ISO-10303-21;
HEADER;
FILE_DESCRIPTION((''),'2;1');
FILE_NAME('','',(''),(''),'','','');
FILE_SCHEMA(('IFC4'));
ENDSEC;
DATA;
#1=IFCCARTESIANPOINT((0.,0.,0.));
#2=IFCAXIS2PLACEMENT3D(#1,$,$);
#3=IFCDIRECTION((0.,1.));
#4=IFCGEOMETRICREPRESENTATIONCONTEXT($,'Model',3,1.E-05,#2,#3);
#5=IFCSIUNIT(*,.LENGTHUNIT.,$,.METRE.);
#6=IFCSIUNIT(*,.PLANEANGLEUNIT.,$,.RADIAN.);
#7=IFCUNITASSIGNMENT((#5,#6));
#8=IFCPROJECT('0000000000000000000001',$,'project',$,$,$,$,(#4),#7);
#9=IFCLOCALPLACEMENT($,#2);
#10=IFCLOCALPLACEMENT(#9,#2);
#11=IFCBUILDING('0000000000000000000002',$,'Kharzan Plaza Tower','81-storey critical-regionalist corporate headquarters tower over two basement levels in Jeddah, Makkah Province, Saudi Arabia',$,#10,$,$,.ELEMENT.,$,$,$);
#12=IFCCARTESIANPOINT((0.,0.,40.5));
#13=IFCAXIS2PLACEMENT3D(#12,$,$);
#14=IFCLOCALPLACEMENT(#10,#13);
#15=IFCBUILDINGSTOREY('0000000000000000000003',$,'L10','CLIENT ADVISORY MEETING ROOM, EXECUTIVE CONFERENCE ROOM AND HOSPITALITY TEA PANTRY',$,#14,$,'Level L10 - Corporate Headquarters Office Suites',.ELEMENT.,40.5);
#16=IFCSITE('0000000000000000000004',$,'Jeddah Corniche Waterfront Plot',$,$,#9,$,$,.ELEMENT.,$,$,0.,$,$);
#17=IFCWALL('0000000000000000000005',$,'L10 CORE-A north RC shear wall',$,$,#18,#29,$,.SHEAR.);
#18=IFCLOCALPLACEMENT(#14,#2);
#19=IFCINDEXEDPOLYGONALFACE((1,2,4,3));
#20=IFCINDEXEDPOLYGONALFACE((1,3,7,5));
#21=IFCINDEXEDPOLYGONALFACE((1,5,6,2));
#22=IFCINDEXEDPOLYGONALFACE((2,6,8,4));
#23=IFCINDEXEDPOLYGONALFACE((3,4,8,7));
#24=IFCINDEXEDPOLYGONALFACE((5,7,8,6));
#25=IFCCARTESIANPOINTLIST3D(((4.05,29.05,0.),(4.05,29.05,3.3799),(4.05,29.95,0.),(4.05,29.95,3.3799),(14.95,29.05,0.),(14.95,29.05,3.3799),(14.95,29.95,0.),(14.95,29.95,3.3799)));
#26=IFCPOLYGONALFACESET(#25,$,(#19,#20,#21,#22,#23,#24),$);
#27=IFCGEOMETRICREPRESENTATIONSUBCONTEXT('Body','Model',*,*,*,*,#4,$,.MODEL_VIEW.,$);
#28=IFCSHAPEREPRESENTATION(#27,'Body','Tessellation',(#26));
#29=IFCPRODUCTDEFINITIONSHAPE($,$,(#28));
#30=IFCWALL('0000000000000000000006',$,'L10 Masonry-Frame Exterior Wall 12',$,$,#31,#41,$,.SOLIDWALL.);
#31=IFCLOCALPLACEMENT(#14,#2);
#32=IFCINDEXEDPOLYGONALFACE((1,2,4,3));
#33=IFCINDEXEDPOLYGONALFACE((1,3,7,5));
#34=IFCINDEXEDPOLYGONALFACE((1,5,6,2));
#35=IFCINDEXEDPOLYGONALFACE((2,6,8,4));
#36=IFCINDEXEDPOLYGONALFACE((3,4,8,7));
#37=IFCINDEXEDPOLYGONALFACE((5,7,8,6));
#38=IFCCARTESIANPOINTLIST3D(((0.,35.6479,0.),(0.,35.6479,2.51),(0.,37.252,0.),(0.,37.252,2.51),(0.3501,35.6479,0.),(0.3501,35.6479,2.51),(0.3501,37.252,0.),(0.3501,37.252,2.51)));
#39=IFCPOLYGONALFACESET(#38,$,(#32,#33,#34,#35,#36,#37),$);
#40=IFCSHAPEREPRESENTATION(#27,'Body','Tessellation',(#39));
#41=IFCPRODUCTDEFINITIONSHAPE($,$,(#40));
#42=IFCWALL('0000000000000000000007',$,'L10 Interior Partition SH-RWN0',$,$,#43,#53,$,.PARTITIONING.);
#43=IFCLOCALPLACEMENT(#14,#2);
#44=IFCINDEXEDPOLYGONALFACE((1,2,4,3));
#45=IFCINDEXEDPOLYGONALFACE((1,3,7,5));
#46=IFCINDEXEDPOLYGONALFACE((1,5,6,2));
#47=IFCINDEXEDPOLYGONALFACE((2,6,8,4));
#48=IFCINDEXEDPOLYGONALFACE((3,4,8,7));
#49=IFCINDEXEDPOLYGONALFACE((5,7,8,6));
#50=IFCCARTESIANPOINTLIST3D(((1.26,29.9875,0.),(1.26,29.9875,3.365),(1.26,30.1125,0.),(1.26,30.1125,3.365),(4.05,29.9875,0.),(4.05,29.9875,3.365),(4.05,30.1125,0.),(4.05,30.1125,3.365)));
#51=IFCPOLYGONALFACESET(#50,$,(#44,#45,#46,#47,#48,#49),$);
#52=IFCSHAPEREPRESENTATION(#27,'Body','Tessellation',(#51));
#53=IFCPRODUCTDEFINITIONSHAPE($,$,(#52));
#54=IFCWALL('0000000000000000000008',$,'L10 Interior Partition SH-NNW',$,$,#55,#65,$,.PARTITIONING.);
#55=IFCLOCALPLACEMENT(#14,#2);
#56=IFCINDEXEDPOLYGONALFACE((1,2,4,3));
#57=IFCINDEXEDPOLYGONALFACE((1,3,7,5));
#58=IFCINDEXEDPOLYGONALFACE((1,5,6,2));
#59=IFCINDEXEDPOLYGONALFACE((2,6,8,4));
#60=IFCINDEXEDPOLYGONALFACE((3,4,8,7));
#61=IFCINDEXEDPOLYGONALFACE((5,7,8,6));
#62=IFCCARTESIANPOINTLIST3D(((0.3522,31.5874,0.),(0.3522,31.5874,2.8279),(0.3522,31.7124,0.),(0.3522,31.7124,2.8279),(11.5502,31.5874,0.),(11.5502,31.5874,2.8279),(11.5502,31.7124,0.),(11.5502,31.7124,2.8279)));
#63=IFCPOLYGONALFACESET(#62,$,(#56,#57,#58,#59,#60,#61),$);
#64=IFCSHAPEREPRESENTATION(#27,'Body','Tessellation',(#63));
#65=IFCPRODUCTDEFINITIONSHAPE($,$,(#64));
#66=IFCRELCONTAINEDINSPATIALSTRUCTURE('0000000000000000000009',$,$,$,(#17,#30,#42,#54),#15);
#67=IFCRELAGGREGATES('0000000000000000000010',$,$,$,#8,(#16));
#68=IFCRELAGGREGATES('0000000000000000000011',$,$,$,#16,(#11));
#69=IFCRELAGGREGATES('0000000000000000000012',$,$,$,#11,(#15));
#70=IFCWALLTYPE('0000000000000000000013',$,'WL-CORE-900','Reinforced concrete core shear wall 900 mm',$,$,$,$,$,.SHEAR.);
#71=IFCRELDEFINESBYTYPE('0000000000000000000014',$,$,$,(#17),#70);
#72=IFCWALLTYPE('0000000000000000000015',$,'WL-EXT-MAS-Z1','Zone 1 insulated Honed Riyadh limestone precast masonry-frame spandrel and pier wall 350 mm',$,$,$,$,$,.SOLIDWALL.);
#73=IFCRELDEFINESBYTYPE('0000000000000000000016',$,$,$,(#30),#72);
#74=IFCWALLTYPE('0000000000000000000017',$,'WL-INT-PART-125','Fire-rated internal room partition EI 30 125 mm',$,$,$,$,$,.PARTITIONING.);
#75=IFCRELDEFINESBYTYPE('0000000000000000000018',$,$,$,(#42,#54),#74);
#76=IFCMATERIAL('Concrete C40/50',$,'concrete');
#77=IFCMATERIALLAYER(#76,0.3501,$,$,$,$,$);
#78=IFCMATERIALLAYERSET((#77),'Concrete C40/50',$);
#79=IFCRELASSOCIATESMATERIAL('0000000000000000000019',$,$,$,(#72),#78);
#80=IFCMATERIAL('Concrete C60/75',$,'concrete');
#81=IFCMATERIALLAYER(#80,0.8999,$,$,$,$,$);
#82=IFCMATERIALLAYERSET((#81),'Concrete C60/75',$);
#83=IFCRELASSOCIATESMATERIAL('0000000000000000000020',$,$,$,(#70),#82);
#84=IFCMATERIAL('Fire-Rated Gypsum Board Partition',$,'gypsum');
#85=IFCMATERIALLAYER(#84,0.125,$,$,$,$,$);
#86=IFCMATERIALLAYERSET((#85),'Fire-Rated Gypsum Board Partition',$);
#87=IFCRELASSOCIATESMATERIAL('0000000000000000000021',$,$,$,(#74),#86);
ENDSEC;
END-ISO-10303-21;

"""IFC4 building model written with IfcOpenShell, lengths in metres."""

from ifc_helpers import new_model, si_unit, direction, frame, frame_2d, origin, place, context, subcontext, project, spatial, rectangle, extrude, source, transform, mapped, material, layer, layer_set, type_object, element, save


model = new_model("IFC4")

# Units and contexts
model_context = context("Model", 3, precision=1e-05, world=origin(), true_north=direction((0.0, 1.0)))
body_context = subcontext(model_context, "Body", "Model", "MODEL_VIEW")
ifc_project = project(units=[si_unit("LENGTHUNIT", "METRE"), si_unit("PLANEANGLEUNIT", "RADIAN")], contexts=[model_context])

# Site, building, storey
site_placement = place(None, origin())
site = spatial("IfcSite", under=ifc_project, at=site_placement, Name="Jeddah Corniche Waterfront Plot", CompositionType="ELEMENT", RefElevation=0.0)
building_placement = place(site_placement, origin())
building = spatial("IfcBuilding", under=site, at=building_placement, Name="Kharzan Plaza Tower", Description="81-storey critical-regionalist corporate headquarters tower over two basement levels in Jeddah, Makkah Province, Saudi Arabia", CompositionType="ELEMENT")
storey_placement = place(building_placement, frame((0.0, 0.0, 40.5)))
storey = spatial("IfcBuildingStorey", under=building, at=storey_placement, Name="L10", Description="CLIENT ADVISORY MEETING ROOM, EXECUTIVE CONFERENCE ROOM AND HOSPITALITY TEA PANTRY", LongName="Level L10 - Corporate Headquarters Office Suites", CompositionType="ELEMENT", Elevation=40.5)

# Shared definitions
ifc_material_1 = material(Name="Concrete C60/75", Category="concrete")

# Shared definitions
ifc_material_2 = material(Name="Concrete C40/50", Category="concrete")
ifc_layer_1 = layer(ifc_material_2, 0.3501)
ifc_layer_set_1 = layer_set([ifc_layer_1], Name="Concrete C40/50")
wall_type_1 = type_object("IfcWallType", Name="WL-EXT-MAS-Z1", Description="Zone 1 insulated Honed Riyadh limestone precast masonry-frame spandrel and pier wall 350 mm", PredefinedType="SOLIDWALL", material=ifc_layer_set_1)

# Walls
ifc_layer_2 = layer(ifc_material_1, 0.8999)
ifc_layer_set_2 = layer_set([ifc_layer_2], Name="Concrete C60/75")
wall_type_2 = type_object("IfcWallType", Name="WL-CORE-900", Description="Reinforced concrete core shear wall 900 mm", PredefinedType="SHEAR", material=ifc_layer_set_2)
shared_shape_1 = source(origin(), body_context, "Body", "SweptSolid", [
    extrude(rectangle(XDim=10.8999, YDim=0.8999, at=frame_2d((5.45, 0.0))), origin(), (0.0, 0.0, 1.0), 3.3799),
])
wall_1_placement = place(storey_placement, frame((4.05, 29.5, 0.0), z_axis=(0.0, 0.0, 1.0), x_axis=(1.0, 0.0, 0.0)))
element("IfcWall", 1, at=wall_1_placement, inside=storey, type_object=wall_type_2, Name="L10 CORE-A north RC shear wall", PredefinedType="SHEAR", context=body_context, shape_type="MappedRepresentation", body=[
    mapped(shared_shape_1, transform((0.0, 0.0, 0.0), x_axis=(1.0, 0.0, 0.0), y_axis=(0.0, 1.0, 0.0), z_axis=(0.0, 0.0, 1.0))),
])
shared_shape_2 = source(origin(), body_context, "Body", "SweptSolid", [
    extrude(rectangle(XDim=1.604, YDim=0.3501, at=frame_2d((0.802, 0.0))), origin(), (0.0, 0.0, 1.0), 2.51),
])
wall_2_placement = place(storey_placement, frame((0.175, 37.252, 0.0), z_axis=(0.0, 0.0, 1.0), x_axis=(0.0, -1.0, 0.0)))
element("IfcWall", 2, at=wall_2_placement, inside=storey, type_object=wall_type_1, Name="L10 Masonry-Frame Exterior Wall 12", PredefinedType="SOLIDWALL", context=body_context, shape_type="MappedRepresentation", body=[
    mapped(shared_shape_2, transform((0.0, 0.0, 0.0), x_axis=(1.0, 0.0, 0.0), y_axis=(0.0, 1.0, 0.0), z_axis=(0.0, 0.0, 1.0))),
])
ifc_material_3 = material(Name="Fire-Rated Gypsum Board Partition", Category="gypsum")
ifc_layer_3 = layer(ifc_material_3, 0.125)
ifc_layer_set_3 = layer_set([ifc_layer_3], Name="Fire-Rated Gypsum Board Partition")
wall_type_3 = type_object("IfcWallType", Name="WL-INT-PART-125", Description="Fire-rated internal room partition EI 30 125 mm", PredefinedType="PARTITIONING", material=ifc_layer_set_3)
shared_shape_3 = source(origin(), body_context, "Body", "SweptSolid", [
    extrude(rectangle(XDim=2.79, YDim=0.125, at=frame_2d((1.395, 0.0))), origin(), (0.0, 0.0, 1.0), 3.365),
])
wall_3_placement = place(storey_placement, frame((1.26, 30.05, 0.0), z_axis=(0.0, 0.0, 1.0), x_axis=(1.0, 0.0, 0.0)))
element("IfcWall", 3, at=wall_3_placement, inside=storey, type_object=wall_type_3, Name="L10 Interior Partition SH-RWN0", PredefinedType="PARTITIONING", context=body_context, shape_type="MappedRepresentation", body=[
    mapped(shared_shape_3, transform((0.0, 0.0, 0.0), x_axis=(1.0, 0.0, 0.0), y_axis=(0.0, 1.0, 0.0), z_axis=(0.0, 0.0, 1.0))),
])
shared_shape_4 = source(origin(), body_context, "Body", "SweptSolid", [
    extrude(rectangle(XDim=11.198, YDim=0.125, at=frame_2d((5.5991, 0.0))), origin(), (0.0, 0.0, 1.0), 2.8279),
])
wall_4_placement = place(storey_placement, frame((0.3521, 31.6499, 0.0), z_axis=(0.0, 0.0, 1.0), x_axis=(1.0, 0.0, 0.0)))
element("IfcWall", 4, at=wall_4_placement, inside=storey, type_object=wall_type_3, Name="L10 Interior Partition SH-NNW", PredefinedType="PARTITIONING", context=body_context, shape_type="MappedRepresentation", body=[
    mapped(shared_shape_4, transform((0.0, 0.0, 0.0), x_axis=(1.0, 0.0, 0.0), y_axis=(0.0, 1.0, 0.0), z_axis=(0.0, 0.0, 1.0))),
])

save(model, "model.ifc")
